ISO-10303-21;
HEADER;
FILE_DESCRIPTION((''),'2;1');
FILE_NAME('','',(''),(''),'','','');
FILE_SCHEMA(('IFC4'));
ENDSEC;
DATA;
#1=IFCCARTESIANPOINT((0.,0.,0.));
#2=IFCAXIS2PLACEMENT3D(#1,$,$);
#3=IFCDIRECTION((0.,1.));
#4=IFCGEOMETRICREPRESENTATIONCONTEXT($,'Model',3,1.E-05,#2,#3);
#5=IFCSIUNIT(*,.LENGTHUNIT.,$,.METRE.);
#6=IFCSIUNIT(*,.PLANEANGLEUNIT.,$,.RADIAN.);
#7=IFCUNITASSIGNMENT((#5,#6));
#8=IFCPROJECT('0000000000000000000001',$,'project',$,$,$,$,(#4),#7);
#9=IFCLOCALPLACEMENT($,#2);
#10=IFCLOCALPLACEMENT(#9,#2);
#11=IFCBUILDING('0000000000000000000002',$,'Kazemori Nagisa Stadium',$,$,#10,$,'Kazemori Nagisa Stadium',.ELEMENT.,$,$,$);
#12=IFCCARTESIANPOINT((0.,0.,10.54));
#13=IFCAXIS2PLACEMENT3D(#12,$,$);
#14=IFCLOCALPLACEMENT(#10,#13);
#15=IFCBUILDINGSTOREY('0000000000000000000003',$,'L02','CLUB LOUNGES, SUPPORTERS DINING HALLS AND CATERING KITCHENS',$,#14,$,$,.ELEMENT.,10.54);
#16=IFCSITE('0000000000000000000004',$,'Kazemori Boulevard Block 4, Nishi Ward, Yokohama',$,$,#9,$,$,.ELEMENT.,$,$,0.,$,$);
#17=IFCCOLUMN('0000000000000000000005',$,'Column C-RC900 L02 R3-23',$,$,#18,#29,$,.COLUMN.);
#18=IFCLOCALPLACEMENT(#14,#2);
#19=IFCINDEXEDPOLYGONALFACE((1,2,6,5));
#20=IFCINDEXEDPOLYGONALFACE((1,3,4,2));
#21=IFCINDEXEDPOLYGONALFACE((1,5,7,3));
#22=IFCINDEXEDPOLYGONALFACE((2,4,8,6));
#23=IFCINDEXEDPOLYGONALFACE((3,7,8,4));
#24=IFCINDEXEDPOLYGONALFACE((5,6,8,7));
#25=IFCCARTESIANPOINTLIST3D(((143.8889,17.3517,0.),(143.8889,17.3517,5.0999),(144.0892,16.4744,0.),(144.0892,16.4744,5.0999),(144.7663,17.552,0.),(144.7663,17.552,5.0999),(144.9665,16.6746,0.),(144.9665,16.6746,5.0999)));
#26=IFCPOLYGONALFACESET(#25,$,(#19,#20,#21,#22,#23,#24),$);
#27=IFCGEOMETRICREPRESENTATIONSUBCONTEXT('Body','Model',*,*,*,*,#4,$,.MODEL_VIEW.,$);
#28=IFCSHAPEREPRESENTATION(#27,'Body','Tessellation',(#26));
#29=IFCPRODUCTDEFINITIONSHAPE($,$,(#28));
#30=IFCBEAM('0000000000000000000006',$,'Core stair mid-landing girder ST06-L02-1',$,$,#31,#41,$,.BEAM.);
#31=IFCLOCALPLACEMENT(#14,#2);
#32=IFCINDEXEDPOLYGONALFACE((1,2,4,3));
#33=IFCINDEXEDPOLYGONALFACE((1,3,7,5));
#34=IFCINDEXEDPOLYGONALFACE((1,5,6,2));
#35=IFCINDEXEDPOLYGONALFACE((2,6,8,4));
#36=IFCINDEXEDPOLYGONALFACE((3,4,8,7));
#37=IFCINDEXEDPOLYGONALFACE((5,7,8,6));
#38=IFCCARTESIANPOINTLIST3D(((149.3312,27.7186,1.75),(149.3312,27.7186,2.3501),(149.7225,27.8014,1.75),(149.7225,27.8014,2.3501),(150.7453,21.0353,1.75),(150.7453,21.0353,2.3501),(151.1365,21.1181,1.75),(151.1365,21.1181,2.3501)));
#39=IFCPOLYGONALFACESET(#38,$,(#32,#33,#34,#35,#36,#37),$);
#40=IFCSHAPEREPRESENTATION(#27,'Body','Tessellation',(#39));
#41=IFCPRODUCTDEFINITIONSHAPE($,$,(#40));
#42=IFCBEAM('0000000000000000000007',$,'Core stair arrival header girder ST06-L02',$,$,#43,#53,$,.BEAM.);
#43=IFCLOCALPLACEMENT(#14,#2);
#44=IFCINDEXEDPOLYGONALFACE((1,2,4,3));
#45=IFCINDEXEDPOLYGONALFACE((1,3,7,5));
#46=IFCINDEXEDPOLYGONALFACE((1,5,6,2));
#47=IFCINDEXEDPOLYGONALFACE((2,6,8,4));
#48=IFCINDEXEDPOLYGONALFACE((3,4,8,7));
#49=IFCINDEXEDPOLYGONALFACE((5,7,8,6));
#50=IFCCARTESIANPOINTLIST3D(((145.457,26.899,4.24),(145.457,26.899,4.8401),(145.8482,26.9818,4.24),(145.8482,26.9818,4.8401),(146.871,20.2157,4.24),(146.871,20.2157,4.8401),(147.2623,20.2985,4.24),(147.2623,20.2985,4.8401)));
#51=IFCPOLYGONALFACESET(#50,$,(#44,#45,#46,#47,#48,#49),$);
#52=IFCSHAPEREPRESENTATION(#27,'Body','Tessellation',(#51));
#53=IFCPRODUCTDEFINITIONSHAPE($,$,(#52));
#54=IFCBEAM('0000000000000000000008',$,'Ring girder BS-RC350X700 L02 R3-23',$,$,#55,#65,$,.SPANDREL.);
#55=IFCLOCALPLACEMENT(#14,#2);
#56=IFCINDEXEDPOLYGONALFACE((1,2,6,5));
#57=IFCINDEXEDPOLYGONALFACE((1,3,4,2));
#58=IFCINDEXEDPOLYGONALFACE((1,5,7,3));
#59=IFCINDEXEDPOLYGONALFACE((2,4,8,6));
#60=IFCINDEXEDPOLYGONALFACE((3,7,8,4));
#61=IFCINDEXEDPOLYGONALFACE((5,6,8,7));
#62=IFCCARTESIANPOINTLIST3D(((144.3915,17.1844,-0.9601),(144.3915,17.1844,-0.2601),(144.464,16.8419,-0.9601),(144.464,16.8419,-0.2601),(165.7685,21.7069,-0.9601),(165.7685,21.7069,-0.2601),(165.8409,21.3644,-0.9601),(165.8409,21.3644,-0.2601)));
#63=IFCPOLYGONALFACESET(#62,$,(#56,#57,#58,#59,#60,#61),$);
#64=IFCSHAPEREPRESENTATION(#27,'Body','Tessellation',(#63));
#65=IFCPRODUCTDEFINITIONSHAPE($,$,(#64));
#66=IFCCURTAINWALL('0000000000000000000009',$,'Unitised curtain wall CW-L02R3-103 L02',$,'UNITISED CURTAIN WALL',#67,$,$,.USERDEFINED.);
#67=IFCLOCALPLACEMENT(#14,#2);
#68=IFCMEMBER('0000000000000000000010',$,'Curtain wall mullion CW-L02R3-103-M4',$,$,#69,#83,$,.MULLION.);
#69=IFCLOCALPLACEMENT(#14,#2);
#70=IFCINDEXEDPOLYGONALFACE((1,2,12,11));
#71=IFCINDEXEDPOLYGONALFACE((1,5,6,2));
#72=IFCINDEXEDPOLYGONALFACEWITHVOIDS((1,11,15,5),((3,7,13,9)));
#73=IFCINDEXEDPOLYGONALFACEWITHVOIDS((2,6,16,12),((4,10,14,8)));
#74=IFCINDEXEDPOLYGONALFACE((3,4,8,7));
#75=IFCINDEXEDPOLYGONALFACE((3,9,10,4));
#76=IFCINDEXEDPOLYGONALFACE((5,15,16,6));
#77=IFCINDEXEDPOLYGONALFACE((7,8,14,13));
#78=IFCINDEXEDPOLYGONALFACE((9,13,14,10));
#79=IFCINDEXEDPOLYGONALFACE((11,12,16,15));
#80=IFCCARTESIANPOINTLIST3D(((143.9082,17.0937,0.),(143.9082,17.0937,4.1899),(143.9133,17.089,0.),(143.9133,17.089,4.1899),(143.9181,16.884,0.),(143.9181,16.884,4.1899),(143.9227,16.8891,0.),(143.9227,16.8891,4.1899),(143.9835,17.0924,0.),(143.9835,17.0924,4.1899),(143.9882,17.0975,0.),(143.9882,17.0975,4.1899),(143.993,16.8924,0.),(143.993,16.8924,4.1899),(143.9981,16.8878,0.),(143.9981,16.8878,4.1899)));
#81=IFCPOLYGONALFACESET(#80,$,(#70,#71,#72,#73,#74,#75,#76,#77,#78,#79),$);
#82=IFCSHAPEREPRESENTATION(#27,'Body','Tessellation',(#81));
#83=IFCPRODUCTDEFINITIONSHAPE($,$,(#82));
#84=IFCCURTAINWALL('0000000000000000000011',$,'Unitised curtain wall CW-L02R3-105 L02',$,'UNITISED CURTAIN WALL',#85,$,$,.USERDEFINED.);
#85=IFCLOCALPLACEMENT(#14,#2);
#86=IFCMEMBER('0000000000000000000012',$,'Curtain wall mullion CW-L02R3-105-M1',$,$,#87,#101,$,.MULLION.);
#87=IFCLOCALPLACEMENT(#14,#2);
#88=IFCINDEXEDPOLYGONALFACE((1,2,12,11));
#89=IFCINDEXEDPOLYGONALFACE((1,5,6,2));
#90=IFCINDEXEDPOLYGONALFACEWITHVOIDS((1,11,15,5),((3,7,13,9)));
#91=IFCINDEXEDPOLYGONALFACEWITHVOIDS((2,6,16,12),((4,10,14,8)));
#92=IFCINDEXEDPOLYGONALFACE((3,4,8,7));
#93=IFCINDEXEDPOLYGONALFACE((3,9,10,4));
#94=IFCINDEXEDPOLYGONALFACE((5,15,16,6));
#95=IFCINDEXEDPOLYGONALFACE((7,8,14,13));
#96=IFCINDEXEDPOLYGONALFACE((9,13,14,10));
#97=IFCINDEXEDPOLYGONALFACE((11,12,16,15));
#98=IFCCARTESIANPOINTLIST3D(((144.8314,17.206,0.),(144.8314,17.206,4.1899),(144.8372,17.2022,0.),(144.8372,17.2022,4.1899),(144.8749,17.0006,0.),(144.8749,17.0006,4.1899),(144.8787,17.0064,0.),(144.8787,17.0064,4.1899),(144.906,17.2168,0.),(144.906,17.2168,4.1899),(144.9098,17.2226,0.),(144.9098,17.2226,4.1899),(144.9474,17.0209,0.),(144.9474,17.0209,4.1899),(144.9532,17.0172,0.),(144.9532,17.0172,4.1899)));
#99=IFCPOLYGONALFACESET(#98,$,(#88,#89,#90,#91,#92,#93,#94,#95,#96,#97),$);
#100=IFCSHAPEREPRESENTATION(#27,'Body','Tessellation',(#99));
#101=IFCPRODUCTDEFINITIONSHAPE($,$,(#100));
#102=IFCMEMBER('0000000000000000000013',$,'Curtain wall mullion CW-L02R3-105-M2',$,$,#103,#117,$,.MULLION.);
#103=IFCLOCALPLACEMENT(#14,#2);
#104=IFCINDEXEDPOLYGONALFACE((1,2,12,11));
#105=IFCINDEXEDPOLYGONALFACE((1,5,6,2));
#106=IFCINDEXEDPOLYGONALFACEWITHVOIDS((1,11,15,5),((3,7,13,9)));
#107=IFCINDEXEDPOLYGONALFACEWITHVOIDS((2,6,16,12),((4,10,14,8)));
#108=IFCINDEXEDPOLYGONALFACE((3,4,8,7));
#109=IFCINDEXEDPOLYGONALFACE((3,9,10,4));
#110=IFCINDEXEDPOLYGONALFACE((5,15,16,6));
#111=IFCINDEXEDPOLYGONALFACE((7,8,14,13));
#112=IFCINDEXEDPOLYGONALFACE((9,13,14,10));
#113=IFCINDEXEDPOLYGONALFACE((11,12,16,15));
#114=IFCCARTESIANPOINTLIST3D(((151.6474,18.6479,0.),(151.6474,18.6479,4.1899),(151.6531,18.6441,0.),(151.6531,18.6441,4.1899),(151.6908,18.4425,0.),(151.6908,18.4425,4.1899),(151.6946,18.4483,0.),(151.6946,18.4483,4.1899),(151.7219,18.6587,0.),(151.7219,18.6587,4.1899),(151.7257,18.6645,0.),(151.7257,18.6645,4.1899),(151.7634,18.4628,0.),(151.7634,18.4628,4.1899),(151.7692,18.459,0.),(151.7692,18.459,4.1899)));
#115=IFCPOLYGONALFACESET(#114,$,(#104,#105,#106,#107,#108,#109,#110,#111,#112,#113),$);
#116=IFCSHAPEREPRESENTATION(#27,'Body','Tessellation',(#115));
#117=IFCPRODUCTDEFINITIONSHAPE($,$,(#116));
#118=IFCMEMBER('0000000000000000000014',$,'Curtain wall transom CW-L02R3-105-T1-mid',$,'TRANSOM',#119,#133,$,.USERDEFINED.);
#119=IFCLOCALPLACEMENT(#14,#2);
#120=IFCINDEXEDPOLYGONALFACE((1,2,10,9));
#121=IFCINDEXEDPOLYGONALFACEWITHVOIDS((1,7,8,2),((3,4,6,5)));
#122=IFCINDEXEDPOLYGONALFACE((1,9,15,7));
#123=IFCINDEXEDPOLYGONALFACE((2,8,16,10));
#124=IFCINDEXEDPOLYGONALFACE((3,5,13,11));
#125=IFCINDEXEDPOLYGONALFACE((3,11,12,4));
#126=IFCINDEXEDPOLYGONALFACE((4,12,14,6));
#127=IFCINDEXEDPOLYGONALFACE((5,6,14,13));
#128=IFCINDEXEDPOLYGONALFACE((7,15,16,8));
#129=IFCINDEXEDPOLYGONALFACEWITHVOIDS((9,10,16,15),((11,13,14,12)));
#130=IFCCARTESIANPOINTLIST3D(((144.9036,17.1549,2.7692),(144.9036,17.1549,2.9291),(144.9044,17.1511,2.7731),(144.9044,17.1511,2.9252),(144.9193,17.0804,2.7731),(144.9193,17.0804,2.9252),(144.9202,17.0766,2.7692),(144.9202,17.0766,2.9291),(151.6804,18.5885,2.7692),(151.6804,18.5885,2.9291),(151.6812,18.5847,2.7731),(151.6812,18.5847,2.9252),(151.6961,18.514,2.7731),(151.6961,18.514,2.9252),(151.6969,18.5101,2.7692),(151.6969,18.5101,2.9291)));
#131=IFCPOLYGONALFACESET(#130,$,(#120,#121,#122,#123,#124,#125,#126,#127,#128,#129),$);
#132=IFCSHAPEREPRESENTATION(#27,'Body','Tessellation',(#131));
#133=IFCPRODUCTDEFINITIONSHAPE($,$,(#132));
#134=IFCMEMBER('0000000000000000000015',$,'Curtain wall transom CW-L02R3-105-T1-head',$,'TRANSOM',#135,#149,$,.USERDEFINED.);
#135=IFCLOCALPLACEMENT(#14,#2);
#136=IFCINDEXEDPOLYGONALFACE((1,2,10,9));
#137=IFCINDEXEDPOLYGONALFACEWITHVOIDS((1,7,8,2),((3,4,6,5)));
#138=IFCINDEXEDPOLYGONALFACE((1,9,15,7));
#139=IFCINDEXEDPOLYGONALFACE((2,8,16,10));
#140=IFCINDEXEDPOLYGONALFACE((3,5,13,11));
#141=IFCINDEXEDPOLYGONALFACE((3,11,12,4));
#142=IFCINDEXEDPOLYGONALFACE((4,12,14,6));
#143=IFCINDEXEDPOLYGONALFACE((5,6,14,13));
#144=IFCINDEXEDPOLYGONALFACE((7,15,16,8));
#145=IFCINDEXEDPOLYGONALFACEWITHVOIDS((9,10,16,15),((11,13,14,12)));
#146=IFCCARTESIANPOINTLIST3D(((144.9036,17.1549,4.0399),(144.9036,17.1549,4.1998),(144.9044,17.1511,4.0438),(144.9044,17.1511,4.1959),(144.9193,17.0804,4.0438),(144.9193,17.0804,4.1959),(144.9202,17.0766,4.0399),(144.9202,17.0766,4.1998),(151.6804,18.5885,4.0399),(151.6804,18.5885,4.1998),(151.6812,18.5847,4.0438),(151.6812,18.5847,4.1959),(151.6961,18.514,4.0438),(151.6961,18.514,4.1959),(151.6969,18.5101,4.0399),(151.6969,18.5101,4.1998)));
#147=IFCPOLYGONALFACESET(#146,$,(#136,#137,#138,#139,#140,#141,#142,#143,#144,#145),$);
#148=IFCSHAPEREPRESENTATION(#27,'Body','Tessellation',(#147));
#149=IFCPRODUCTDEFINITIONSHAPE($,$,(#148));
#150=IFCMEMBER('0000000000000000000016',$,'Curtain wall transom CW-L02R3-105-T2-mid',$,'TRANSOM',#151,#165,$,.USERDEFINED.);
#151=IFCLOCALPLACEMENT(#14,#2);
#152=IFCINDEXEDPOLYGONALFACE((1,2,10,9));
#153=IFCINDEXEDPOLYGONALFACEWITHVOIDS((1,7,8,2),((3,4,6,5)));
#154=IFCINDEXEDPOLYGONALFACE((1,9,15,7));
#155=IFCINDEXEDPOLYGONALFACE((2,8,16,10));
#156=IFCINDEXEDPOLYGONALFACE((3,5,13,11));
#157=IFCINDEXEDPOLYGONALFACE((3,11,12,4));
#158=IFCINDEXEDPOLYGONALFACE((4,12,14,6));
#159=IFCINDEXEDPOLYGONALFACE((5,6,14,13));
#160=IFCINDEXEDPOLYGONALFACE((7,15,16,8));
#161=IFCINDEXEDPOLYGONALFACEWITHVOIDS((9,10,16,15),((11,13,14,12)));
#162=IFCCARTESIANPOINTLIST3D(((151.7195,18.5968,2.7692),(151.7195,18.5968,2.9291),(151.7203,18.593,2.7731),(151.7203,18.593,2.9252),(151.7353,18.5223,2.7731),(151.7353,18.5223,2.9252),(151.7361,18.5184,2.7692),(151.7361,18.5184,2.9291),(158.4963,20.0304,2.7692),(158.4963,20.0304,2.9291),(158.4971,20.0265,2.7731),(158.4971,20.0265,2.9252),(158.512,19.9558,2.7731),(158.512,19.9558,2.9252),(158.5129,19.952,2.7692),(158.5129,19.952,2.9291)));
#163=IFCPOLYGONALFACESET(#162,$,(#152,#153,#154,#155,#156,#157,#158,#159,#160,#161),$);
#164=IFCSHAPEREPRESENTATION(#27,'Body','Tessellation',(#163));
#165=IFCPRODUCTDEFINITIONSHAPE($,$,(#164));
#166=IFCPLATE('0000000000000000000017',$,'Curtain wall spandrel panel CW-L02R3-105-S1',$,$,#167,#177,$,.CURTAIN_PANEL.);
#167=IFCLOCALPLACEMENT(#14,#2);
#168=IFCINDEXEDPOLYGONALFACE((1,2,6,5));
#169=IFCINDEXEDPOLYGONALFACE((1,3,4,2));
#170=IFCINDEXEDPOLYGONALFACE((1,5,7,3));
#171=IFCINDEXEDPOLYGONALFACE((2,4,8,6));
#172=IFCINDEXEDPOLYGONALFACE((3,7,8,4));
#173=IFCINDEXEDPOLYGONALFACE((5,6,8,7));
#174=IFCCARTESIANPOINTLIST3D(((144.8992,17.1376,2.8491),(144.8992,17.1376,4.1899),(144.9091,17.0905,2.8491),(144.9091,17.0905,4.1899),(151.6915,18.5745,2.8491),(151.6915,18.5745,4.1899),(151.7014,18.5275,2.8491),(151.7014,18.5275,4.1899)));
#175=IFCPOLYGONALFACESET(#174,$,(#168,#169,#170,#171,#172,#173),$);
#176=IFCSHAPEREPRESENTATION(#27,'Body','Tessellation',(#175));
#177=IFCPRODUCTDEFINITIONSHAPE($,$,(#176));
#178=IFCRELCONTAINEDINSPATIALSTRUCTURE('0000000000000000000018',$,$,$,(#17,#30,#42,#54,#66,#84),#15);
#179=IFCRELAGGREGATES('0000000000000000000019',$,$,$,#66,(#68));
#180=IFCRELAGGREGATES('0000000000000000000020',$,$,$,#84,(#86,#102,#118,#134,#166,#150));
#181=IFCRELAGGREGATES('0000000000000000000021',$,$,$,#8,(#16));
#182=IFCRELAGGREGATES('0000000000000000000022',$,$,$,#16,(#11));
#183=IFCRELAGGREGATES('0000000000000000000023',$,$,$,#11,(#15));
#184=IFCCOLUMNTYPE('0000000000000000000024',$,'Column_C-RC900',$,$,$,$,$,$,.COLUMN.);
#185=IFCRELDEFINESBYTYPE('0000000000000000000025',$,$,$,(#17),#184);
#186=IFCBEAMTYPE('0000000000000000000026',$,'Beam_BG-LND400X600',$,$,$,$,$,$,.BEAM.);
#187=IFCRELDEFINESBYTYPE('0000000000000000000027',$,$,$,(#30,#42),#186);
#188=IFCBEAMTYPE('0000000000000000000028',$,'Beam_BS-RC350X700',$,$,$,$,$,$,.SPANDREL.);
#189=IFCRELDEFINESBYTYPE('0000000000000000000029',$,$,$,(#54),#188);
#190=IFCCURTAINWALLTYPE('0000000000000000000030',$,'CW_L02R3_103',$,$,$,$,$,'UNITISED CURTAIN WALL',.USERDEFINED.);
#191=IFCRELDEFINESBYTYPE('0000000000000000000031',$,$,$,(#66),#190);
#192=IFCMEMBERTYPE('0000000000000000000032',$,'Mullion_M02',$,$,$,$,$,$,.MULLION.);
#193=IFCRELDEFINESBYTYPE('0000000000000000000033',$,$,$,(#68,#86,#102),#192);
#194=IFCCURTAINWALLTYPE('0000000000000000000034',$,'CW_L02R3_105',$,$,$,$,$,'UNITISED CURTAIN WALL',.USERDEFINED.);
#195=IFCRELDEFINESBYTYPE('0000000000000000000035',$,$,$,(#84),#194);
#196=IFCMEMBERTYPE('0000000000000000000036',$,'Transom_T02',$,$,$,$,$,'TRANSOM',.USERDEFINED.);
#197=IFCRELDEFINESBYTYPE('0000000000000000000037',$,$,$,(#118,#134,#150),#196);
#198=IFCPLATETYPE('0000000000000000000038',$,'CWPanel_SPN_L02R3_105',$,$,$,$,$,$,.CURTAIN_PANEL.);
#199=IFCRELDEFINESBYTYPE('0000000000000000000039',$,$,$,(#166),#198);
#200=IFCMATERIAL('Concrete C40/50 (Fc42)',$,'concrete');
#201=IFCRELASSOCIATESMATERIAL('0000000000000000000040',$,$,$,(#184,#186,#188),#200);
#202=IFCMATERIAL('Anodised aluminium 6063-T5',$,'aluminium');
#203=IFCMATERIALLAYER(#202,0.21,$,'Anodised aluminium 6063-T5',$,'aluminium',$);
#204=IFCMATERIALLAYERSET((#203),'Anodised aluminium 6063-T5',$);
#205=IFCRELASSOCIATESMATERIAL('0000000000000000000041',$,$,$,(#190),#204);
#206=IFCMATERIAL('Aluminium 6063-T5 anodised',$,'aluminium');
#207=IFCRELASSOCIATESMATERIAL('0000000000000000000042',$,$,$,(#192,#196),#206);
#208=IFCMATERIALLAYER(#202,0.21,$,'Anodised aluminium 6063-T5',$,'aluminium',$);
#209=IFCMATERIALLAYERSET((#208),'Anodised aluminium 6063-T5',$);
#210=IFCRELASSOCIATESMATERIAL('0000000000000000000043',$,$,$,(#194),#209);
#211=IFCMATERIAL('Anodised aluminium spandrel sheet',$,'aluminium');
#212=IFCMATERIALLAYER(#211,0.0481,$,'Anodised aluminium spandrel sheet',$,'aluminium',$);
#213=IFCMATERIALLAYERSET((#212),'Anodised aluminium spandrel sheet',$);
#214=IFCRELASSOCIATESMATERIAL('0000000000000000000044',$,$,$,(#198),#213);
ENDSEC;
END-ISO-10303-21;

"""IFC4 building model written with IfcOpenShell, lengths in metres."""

from ifc_helpers import new_model, si_unit, direction, frame, origin, origin_2d, place, context, subcontext, project, spatial, rectangle, hollow_rectangle, extrude, material, layer, layer_set, material_profile, profile_set, type_object, element, aggregate, save


model = new_model("IFC4")

# Units and contexts
model_context = context("Model", 3, precision=1e-05, world=origin(), true_north=direction((0.0, 1.0)))
body_context = subcontext(model_context, "Body", "Model", "MODEL_VIEW")
ifc_project = project(units=[si_unit("LENGTHUNIT", "METRE"), si_unit("PLANEANGLEUNIT", "RADIAN")], contexts=[model_context])

# Site, building, storey
site_placement = place(None, origin())
site = spatial("IfcSite", under=ifc_project, at=site_placement, Name="Kazemori Boulevard Block 4, Nishi Ward, Yokohama", CompositionType="ELEMENT", RefElevation=0.0)
building_placement = place(site_placement, origin())
building = spatial("IfcBuilding", under=site, at=building_placement, Name="Kazemori Nagisa Stadium", LongName="Kazemori Nagisa Stadium", CompositionType="ELEMENT")
storey_placement = place(building_placement, frame((0.0, 0.0, 10.54)))
storey = spatial("IfcBuildingStorey", under=building, at=storey_placement, Name="L02", Description="CLUB LOUNGES, SUPPORTERS DINING HALLS AND CATERING KITCHENS", CompositionType="ELEMENT", Elevation=10.54)

# Column
ifc_material_1 = material(Name="Concrete C40/50 (Fc42)", Category="concrete")
ifc_material_profile_1 = material_profile(ifc_material_1, rectangle(XDim=0.8999, YDim=0.8999, at=origin_2d()), Name="RC-COL-900x900")
ifc_profile_set_1 = profile_set([ifc_material_profile_1], Name="Concrete C40/50 (Fc42)")
column_type = type_object("IfcColumnType", Name="Column_C-RC900", PredefinedType="COLUMN", material=ifc_profile_set_1)
column_placement = place(storey_placement, frame((144.4277, 17.0132, 0.0), z_axis=(0.0, 0.0, 1.0), x_axis=(0.222521, -0.974928, 0.0)))
element("IfcColumn", 1, at=column_placement, inside=storey, type_object=column_type, Name="Column C-RC900 L02 R3-23", PredefinedType="COLUMN", context=body_context, shape_type="SweptSolid", body=[
    extrude(rectangle(XDim=0.8999, YDim=0.8999, at=origin_2d()), origin(), (0.0, 0.0, 1.0), 5.0999),
])

# Beams
ifc_material_profile_2 = material_profile(ifc_material_1, rectangle(XDim=0.3999, YDim=0.6001, at=origin_2d()), Name="RC-BM-400x600")
ifc_profile_set_2 = profile_set([ifc_material_profile_2], Name="Concrete C40/50 (Fc42)")
beam_type_1 = type_object("IfcBeamType", Name="Beam_BG-LND400X600", PredefinedType="BEAM", material=ifc_profile_set_2)
for number, where, z_axis, x_axis, name in (
    (2, (149.5269, 27.76, 2.05), (0.206997, -0.978341, 0.0), (0.978341, 0.206997, 0.0), "Core stair mid-landing girder ST06-L02-1"),
    (3, (145.6526, 26.9404, 4.54), (0.206997, -0.978341, 0.0), (0.978341, 0.206997, 0.0), "Core stair arrival header girder ST06-L02"),
):
    element("IfcBeam", number, at=place(storey_placement, frame(where, z_axis=z_axis, x_axis=x_axis)), inside=storey, type_object=beam_type_1, Name=name, PredefinedType="BEAM", context=body_context, shape_type="SweptSolid", body=[
        extrude(rectangle(XDim=0.3999, YDim=0.6001, at=origin_2d()), origin(), (0.0, 0.0, 1.0), 6.8313),
    ])
ifc_material_profile_3 = material_profile(ifc_material_1, rectangle(XDim=0.3501, YDim=0.7, at=origin_2d()), Name="RC-SP-350x700")
ifc_profile_set_3 = profile_set([ifc_material_profile_3], Name="Concrete C40/50 (Fc42)")
beam_type_2 = type_object("IfcBeamType", Name="Beam_BS-RC350X700", PredefinedType="SPANDREL", material=ifc_profile_set_3)
beam_placement = place(storey_placement, frame((144.4277, 17.0132, -0.6101), z_axis=(0.978346, 0.206977, 0.0), x_axis=(-0.206977, 0.978346, 0.0)))
element("IfcBeam", 4, at=beam_placement, inside=storey, type_object=beam_type_2, Name="Ring girder BS-RC350X700 L02 R3-23", PredefinedType="SPANDREL", context=body_context, shape_type="SweptSolid", body=[
    extrude(rectangle(XDim=0.3501, YDim=0.7, at=origin_2d()), origin(), (0.0, 0.0, 1.0), 21.8501),
])

# Curtain wall, member
ifc_material_2 = material(Name="Anodised aluminium 6063-T5", Category="aluminium")
ifc_layer_1 = layer(ifc_material_2, 0.21, Name="Anodised aluminium 6063-T5", Category="aluminium")
ifc_layer_set_1 = layer_set([ifc_layer_1], Name="Anodised aluminium 6063-T5")
curtain_wall_type_1 = type_object("IfcCurtainWallType", Name="CW_L02R3_103", ElementType="UNITISED CURTAIN WALL", PredefinedType="USERDEFINED", material=ifc_layer_set_1)
curtain_wall_1_placement = place(storey_placement, origin())
curtain_wall_1 = element("IfcCurtainWall", 5, at=curtain_wall_1_placement, inside=storey, type_object=curtain_wall_type_1, Name="Unitised curtain wall CW-L02R3-103 L02", ObjectType="UNITISED CURTAIN WALL", PredefinedType="USERDEFINED")
ifc_material_3 = material(Name="Aluminium 6063-T5 anodised", Category="aluminium")
ifc_material_profile_4 = material_profile(ifc_material_3, hollow_rectangle(XDim=0.0801, YDim=0.21, WallThickness=0.0049, at=origin_2d()), Name="ALU-MULL-80x210x5")
ifc_profile_set_4 = profile_set([ifc_material_profile_4], Name="Aluminium 6063-T5 anodised")
member_type_1 = type_object("IfcMemberType", Name="Mullion_M02", PredefinedType="MULLION", material=ifc_profile_set_4)
member_1_placement = place(storey_placement, frame((143.9531, 16.9907, 0.0), z_axis=(0.0, 0.0, 1.0), x_axis=(0.998884, 0.04723, 0.0)))
member_1 = element("IfcMember", 6, at=member_1_placement, type_object=member_type_1, Name="Curtain wall mullion CW-L02R3-103-M4", PredefinedType="MULLION", context=body_context, shape_type="SweptSolid", body=[
    extrude(hollow_rectangle(XDim=0.0801, YDim=0.21, WallThickness=0.0049, at=origin_2d()), origin(), (0.0, 0.0, 1.0), 4.1899),
])
aggregate(curtain_wall_1, [member_1])

# Curtain wall, members, plate
ifc_layer_2 = layer(ifc_material_2, 0.21, Name="Anodised aluminium 6063-T5", Category="aluminium")
ifc_layer_set_2 = layer_set([ifc_layer_2], Name="Anodised aluminium 6063-T5")
curtain_wall_type_2 = type_object("IfcCurtainWallType", Name="CW_L02R3_105", ElementType="UNITISED CURTAIN WALL", PredefinedType="USERDEFINED", material=ifc_layer_set_2)
curtain_wall_2_placement = place(storey_placement, origin())
curtain_wall_2 = element("IfcCurtainWall", 7, at=curtain_wall_2_placement, inside=storey, type_object=curtain_wall_type_2, Name="Unitised curtain wall CW-L02R3-105 L02", ObjectType="UNITISED CURTAIN WALL", PredefinedType="USERDEFINED")
member_2_placement = place(storey_placement, frame((144.8923, 17.1116, 0.0), z_axis=(0.0, 0.0, 1.0), x_axis=(0.978345, 0.206981, 0.0)))
member_2 = element("IfcMember", 8, at=member_2_placement, type_object=member_type_1, Name="Curtain wall mullion CW-L02R3-105-M1", PredefinedType="MULLION", context=body_context, shape_type="SweptSolid", body=[
    extrude(hollow_rectangle(XDim=0.0801, YDim=0.21, WallThickness=0.0049, at=origin_2d()), origin(), (0.0, 0.0, 1.0), 4.1899),
])
member_3_placement = place(storey_placement, frame((151.7083, 18.5535, 0.0), z_axis=(0.0, 0.0, 1.0), x_axis=(0.978345, 0.206981, 0.0)))
member_3 = element("IfcMember", 9, at=member_3_placement, type_object=member_type_1, Name="Curtain wall mullion CW-L02R3-105-M2", PredefinedType="MULLION", context=body_context, shape_type="SweptSolid", body=[
    extrude(hollow_rectangle(XDim=0.0801, YDim=0.21, WallThickness=0.0049, at=origin_2d()), origin(), (0.0, 0.0, 1.0), 4.1899),
])
ifc_material_profile_5 = material_profile(ifc_material_3, hollow_rectangle(XDim=0.0801, YDim=0.1599, WallThickness=0.0039, at=origin_2d()), Name="ALU-TRAN-80x160x4")
ifc_profile_set_5 = profile_set([ifc_material_profile_5], Name="Aluminium 6063-T5 anodised")
member_type_2 = type_object("IfcMemberType", Name="Transom_T02", ElementType="TRANSOM", PredefinedType="USERDEFINED", material=ifc_profile_set_5)
member_4_placement = place(storey_placement, frame((144.9119, 17.1157, 2.8491), z_axis=(0.978349, 0.206962, 0.0), x_axis=(-0.206962, 0.978349, 0.0)))
member_4 = element("IfcMember", 10, at=member_4_placement, type_object=member_type_2, Name="Curtain wall transom CW-L02R3-105-T1-mid", ObjectType="TRANSOM", PredefinedType="USERDEFINED", context=body_context, shape_type="SweptSolid", body=[
    extrude(hollow_rectangle(XDim=0.0801, YDim=0.1599, WallThickness=0.0039, at=origin_2d()), origin(), (0.0, 0.0, 1.0), 6.9268),
])
member_5_placement = place(storey_placement, frame((144.9119, 17.1157, 4.1199), z_axis=(0.978349, 0.206962, 0.0), x_axis=(-0.206962, 0.978349, 0.0)))
member_5 = element("IfcMember", 11, at=member_5_placement, type_object=member_type_2, Name="Curtain wall transom CW-L02R3-105-T1-head", ObjectType="TRANSOM", PredefinedType="USERDEFINED", context=body_context, shape_type="SweptSolid", body=[
    extrude(hollow_rectangle(XDim=0.0801, YDim=0.1599, WallThickness=0.0039, at=origin_2d()), origin(), (0.0, 0.0, 1.0), 6.9268),
])
member_6_placement = place(storey_placement, frame((151.7278, 18.5576, 2.8491), z_axis=(0.978349, 0.206962, 0.0), x_axis=(-0.206962, 0.978349, 0.0)))
member_6 = element("IfcMember", 12, at=member_6_placement, type_object=member_type_2, Name="Curtain wall transom CW-L02R3-105-T2-mid", ObjectType="TRANSOM", PredefinedType="USERDEFINED", context=body_context, shape_type="SweptSolid", body=[
    extrude(hollow_rectangle(XDim=0.0801, YDim=0.1599, WallThickness=0.0039, at=origin_2d()), origin(), (0.0, 0.0, 1.0), 6.9268),
])
ifc_material_4 = material(Name="Anodised aluminium spandrel sheet", Category="aluminium")
ifc_layer_3 = layer(ifc_material_4, 0.0481, Name="Anodised aluminium spandrel sheet", Category="aluminium")
ifc_layer_set_3 = layer_set([ifc_layer_3], Name="Anodised aluminium spandrel sheet")
plate_type_1 = type_object("IfcPlateType", Name="CWPanel_SPN_L02R3_105", PredefinedType="CURTAIN_PANEL", material=ifc_layer_set_3)
plate_1_placement = place(storey_placement, frame((148.3003, 17.8325, 2.8491), z_axis=(0.0, 0.0, 1.0), x_axis=(0.978345, 0.206981, 0.0)))
plate_1 = element("IfcPlate", 13, at=plate_1_placement, type_object=plate_type_1, Name="Curtain wall spandrel panel CW-L02R3-105-S1", PredefinedType="CURTAIN_PANEL", context=body_context, shape_type="SweptSolid", body=[
    extrude(rectangle(XDim=6.9426, YDim=0.0481, at=origin_2d()), origin(), (0.0, 0.0, 1.0), 1.3408),
])
aggregate(curtain_wall_2, [member_2, member_3, member_4, member_5, plate_1, member_6])

save(model, "model.ifc")
